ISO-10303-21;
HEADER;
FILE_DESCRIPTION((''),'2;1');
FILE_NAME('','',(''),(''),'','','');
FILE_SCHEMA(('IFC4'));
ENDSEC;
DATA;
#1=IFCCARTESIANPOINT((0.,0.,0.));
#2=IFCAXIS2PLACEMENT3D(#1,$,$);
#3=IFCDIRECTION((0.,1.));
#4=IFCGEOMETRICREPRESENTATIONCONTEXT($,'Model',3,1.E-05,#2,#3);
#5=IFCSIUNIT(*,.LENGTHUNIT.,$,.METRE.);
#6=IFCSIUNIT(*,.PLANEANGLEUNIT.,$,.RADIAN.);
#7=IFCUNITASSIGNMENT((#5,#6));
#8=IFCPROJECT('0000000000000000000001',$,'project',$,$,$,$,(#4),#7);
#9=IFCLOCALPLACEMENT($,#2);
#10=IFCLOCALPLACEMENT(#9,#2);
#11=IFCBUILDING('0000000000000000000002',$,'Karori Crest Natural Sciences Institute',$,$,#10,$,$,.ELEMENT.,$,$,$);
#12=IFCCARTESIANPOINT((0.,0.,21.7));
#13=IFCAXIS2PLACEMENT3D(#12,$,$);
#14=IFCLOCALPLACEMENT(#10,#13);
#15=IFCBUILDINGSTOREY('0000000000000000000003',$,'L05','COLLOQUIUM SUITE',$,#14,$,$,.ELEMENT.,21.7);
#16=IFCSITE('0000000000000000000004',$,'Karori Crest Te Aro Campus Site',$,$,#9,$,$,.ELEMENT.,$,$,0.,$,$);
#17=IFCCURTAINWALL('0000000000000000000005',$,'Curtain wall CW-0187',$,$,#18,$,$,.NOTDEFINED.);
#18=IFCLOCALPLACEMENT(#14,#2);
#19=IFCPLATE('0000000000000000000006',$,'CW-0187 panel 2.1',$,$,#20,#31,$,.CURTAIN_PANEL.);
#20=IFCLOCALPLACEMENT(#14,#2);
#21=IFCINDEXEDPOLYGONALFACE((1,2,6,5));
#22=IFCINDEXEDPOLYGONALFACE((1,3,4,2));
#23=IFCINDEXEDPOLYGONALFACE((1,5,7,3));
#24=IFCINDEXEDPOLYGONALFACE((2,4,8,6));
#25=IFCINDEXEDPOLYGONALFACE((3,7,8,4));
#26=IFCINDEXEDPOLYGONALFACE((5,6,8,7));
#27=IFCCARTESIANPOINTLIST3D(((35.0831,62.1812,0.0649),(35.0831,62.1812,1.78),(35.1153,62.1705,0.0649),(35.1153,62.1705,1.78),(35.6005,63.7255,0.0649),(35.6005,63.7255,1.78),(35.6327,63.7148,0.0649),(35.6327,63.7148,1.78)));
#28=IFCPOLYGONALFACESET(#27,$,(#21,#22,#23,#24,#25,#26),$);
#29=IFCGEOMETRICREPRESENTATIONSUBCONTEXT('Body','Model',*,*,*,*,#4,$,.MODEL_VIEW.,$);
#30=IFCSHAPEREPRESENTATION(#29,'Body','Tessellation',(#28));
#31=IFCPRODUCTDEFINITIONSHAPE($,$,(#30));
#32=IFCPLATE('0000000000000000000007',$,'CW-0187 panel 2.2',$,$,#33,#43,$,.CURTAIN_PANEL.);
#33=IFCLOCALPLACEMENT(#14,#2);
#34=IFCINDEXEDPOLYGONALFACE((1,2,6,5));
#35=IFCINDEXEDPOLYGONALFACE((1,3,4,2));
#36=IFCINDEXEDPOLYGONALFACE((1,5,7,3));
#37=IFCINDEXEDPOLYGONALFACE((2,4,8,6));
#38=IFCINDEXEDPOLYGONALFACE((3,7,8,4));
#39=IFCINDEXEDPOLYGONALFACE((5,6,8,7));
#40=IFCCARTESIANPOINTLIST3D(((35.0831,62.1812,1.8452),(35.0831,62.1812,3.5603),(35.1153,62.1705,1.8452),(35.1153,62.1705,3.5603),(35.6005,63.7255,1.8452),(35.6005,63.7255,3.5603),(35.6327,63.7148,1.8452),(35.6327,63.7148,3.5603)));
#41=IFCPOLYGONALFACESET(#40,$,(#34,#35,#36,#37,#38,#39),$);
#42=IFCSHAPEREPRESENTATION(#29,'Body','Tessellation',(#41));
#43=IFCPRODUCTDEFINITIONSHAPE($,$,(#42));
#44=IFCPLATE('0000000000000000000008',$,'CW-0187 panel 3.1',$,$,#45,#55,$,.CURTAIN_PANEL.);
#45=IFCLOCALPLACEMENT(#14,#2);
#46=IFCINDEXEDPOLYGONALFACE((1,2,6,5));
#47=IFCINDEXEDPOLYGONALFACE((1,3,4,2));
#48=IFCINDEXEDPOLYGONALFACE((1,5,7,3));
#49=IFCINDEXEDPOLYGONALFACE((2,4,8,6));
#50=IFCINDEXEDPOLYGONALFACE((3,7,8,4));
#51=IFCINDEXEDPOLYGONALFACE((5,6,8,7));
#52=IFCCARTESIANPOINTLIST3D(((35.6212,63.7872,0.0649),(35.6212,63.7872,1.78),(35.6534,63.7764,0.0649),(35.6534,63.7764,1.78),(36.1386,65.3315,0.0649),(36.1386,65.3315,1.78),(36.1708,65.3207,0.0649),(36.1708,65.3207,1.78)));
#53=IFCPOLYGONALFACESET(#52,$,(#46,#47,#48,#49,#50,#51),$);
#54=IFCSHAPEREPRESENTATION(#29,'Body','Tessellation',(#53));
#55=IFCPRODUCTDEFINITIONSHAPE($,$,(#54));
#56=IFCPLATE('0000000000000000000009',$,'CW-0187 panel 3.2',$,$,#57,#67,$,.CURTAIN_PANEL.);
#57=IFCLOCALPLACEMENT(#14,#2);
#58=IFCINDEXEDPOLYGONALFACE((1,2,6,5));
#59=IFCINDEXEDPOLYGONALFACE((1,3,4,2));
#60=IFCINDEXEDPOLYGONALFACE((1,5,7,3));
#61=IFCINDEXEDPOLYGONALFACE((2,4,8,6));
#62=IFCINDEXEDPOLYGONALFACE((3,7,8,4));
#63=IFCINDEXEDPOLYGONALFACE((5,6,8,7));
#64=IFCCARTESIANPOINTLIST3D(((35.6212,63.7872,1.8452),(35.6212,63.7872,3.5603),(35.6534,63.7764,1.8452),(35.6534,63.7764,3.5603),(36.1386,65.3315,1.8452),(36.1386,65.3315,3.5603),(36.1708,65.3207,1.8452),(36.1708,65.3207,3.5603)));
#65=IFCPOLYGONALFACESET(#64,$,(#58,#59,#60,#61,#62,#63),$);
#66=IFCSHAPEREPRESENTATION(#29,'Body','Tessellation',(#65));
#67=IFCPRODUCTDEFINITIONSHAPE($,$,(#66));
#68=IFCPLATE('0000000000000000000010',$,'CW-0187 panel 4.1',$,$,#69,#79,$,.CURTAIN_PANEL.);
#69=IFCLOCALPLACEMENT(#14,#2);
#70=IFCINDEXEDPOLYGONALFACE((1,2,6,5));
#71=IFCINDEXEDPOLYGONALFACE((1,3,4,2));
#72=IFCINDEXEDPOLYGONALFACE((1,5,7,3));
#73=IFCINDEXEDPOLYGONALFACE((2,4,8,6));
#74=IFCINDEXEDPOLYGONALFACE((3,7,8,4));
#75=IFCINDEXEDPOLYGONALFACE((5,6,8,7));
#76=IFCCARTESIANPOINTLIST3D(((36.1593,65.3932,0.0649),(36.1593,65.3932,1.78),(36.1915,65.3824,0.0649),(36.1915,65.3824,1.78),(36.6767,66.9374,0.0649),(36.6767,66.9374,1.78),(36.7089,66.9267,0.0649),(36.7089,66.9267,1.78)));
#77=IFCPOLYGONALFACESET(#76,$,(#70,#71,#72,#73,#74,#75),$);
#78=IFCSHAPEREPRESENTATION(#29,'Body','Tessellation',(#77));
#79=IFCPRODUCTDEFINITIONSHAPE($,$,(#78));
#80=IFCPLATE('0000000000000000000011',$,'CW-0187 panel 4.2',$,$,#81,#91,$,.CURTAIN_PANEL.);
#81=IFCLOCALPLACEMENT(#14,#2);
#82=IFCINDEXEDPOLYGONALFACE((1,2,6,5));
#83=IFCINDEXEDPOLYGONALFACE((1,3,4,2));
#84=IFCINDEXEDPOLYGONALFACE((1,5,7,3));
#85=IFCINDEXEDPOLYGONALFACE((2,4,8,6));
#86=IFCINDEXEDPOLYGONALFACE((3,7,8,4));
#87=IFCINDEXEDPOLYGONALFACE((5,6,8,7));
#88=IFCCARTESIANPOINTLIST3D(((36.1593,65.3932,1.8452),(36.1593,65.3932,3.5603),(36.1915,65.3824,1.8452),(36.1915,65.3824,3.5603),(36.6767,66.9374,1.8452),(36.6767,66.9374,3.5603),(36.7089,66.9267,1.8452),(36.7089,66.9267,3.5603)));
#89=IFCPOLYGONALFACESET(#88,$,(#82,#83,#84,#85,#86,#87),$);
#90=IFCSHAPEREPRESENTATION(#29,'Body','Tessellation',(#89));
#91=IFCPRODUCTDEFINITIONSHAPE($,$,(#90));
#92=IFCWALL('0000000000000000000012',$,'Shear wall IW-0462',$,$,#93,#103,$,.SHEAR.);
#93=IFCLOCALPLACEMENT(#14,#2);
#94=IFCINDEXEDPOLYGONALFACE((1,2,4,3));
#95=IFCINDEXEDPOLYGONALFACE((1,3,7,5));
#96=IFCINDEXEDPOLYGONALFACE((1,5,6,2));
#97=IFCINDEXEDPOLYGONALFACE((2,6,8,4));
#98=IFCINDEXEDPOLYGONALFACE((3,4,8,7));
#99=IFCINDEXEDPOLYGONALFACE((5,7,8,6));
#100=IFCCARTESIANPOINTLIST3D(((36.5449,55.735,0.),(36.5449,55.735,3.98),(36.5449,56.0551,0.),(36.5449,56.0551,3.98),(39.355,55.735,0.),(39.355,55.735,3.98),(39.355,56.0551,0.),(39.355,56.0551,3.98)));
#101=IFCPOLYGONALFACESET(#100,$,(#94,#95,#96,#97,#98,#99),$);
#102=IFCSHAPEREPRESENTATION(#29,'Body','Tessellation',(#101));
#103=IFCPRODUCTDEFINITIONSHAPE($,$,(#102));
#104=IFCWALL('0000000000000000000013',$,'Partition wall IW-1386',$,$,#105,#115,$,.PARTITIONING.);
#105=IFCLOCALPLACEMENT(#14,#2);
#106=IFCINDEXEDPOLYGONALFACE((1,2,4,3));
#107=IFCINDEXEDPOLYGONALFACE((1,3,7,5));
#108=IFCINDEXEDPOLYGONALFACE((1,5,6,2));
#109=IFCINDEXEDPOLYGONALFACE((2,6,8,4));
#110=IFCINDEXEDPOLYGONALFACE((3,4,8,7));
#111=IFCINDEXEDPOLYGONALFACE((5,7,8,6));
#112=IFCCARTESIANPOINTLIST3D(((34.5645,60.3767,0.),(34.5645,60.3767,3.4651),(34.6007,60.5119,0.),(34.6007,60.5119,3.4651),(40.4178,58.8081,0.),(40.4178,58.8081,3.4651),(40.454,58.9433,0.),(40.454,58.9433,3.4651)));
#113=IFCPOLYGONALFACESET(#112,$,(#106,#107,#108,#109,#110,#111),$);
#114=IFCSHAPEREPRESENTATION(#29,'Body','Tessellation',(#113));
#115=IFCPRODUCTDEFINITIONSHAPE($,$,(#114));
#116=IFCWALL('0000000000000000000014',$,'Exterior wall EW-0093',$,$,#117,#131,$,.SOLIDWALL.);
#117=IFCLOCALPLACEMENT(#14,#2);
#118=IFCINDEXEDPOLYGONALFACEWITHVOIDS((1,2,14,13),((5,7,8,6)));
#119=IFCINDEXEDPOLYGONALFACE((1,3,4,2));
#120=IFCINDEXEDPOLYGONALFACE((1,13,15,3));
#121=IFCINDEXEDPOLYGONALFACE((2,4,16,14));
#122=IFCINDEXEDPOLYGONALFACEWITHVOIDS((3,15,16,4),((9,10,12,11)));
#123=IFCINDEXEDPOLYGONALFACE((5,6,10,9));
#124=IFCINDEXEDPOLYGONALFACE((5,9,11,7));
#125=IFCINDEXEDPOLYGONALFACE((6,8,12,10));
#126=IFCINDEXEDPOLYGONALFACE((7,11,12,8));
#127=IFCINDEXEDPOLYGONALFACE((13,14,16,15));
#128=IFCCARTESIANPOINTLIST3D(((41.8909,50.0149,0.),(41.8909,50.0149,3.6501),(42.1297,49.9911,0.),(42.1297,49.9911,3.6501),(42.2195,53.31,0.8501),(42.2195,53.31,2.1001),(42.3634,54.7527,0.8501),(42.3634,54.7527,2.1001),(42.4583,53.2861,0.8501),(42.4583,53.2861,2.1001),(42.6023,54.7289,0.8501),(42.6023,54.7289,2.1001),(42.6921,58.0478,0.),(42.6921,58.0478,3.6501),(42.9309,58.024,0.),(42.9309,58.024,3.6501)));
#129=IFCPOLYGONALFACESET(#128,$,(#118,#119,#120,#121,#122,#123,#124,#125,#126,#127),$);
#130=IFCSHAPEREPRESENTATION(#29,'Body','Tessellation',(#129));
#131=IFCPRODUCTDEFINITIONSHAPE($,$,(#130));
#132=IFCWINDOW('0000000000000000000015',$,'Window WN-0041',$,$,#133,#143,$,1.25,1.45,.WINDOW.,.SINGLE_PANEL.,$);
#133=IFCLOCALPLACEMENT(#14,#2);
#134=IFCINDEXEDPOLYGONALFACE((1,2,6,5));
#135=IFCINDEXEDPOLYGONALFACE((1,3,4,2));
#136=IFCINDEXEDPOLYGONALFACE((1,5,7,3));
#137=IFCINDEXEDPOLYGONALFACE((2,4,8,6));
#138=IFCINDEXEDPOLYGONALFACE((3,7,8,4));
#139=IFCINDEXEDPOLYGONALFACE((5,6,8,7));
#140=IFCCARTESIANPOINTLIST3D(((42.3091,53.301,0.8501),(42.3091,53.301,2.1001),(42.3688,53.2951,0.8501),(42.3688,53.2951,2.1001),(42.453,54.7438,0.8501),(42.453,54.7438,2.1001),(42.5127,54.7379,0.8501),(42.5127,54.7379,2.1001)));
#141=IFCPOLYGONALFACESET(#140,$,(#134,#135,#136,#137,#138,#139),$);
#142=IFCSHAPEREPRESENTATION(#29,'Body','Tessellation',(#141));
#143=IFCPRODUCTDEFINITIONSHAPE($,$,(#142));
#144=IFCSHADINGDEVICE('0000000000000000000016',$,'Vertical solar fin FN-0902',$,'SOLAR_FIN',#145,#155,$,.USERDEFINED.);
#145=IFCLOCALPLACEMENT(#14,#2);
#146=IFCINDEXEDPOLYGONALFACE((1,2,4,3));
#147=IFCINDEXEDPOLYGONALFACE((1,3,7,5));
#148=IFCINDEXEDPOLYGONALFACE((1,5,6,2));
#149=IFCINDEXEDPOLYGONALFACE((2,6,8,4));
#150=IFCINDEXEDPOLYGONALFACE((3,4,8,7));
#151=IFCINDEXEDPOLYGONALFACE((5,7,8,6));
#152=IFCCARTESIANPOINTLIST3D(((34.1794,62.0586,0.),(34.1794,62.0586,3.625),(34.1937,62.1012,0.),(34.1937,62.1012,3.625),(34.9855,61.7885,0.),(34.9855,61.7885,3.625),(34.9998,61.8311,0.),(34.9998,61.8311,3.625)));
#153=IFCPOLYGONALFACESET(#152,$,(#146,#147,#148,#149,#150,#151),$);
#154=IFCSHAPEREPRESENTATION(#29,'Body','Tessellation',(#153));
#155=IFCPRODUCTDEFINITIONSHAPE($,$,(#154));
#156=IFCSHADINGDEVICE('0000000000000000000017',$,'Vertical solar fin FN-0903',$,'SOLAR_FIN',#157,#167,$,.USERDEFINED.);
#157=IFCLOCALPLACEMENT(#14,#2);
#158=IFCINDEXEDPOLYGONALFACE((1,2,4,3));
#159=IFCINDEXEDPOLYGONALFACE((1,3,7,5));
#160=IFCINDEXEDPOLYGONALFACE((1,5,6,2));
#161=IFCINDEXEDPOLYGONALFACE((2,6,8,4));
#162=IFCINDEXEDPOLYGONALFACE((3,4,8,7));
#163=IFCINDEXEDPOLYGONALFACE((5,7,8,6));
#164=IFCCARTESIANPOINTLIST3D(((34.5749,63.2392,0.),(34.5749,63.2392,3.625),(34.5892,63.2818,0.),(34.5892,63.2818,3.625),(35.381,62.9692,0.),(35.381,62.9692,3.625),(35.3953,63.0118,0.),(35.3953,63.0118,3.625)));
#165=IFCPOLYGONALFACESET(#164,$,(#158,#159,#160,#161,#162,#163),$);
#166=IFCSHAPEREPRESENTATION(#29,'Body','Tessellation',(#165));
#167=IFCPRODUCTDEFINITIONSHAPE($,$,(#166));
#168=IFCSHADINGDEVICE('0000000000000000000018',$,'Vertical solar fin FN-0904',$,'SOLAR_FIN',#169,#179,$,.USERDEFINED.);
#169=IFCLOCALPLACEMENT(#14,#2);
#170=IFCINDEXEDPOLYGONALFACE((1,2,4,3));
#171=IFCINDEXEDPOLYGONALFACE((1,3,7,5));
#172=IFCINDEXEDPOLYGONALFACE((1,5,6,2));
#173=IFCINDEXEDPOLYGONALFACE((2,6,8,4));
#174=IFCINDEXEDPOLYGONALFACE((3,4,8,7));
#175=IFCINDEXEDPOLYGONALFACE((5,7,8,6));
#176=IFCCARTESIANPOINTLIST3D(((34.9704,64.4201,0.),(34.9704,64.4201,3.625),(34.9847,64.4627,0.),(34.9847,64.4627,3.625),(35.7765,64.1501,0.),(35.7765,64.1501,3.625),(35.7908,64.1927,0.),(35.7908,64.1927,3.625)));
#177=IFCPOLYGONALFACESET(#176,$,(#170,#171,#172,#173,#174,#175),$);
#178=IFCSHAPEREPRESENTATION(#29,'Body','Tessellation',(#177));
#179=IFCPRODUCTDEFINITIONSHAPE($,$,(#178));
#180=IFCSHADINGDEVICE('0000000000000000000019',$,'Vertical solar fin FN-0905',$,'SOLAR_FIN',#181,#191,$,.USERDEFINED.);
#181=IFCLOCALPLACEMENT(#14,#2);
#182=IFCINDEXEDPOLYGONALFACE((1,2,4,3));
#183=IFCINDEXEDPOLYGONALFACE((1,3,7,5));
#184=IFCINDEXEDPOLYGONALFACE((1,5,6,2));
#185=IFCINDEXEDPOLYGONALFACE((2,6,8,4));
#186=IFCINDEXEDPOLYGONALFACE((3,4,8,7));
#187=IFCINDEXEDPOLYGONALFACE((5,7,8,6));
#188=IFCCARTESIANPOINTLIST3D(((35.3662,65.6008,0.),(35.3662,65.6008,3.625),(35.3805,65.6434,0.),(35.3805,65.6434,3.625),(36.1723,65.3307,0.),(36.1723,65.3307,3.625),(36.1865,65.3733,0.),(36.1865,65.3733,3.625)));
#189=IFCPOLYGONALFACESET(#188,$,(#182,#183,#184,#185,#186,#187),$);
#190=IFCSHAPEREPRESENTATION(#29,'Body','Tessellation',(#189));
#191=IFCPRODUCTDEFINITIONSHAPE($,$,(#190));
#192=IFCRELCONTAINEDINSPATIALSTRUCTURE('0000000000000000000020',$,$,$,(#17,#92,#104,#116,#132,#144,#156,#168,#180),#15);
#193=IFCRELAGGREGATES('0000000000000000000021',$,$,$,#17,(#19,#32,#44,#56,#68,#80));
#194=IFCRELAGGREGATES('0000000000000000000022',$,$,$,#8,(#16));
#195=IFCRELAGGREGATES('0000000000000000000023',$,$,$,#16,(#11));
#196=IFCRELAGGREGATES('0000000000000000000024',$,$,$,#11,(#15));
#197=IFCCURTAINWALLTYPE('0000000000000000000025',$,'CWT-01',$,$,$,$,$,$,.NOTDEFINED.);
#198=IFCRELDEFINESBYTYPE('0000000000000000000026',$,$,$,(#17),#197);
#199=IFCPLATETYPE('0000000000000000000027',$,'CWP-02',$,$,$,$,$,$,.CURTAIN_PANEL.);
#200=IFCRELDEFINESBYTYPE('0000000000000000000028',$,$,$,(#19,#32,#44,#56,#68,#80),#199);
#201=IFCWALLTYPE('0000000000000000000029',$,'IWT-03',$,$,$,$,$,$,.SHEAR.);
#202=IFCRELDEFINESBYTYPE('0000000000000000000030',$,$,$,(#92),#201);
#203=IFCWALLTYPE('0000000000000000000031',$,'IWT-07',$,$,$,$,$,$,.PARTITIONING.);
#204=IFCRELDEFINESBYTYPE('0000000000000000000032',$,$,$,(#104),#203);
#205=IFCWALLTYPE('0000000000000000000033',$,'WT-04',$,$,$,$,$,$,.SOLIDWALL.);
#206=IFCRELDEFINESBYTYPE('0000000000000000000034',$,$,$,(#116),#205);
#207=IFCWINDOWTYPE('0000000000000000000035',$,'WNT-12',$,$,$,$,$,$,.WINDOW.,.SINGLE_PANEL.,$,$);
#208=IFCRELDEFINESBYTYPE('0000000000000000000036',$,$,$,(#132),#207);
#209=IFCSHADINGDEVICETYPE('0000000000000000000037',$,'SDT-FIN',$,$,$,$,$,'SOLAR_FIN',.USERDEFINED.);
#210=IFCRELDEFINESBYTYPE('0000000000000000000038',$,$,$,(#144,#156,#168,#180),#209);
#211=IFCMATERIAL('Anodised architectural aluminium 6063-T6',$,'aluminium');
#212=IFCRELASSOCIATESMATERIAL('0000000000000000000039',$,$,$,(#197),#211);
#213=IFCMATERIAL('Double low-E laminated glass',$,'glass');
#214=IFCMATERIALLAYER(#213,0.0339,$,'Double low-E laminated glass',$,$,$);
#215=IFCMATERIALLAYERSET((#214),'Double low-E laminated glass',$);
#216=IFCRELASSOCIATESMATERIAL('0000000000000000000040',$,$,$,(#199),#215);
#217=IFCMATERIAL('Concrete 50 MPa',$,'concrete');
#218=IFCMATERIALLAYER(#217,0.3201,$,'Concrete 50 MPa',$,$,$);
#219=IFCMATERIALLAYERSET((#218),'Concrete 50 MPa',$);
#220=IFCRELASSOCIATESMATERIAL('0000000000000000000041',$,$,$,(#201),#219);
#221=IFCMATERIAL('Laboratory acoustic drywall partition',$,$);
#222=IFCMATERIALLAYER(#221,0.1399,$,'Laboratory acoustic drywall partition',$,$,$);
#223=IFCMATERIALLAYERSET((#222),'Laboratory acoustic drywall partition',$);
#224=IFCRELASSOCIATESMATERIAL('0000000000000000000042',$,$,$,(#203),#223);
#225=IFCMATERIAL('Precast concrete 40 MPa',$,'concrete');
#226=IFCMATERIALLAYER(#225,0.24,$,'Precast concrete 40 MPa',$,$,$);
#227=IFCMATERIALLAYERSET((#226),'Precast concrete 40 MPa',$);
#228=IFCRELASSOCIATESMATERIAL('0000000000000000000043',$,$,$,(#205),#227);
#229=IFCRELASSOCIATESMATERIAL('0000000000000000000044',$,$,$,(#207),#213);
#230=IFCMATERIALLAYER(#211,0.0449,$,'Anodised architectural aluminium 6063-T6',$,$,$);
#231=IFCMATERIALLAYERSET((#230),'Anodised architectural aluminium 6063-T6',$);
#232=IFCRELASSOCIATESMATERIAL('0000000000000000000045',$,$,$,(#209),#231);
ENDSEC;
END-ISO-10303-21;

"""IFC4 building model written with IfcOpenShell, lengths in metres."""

from ifc_helpers import new_model, si_unit, direction, frame, frame_2d, origin, origin_2d, place, context, subcontext, project, spatial, rectangle, extrude, material, layer, layer_set, type_object, element, fill, aggregate, save


model = new_model("IFC4")

# Units and contexts
model_context = context("Model", 3, precision=1e-05, world=origin(), true_north=direction((0.0, 1.0)))
body_context = subcontext(model_context, "Body", "Model", "MODEL_VIEW")
ifc_project = project(units=[si_unit("LENGTHUNIT", "METRE"), si_unit("PLANEANGLEUNIT", "RADIAN")], contexts=[model_context])

# Site, building, storey
site_placement = place(None, origin())
site = spatial("IfcSite", under=ifc_project, at=site_placement, Name="Karori Crest Te Aro Campus Site", CompositionType="ELEMENT", RefElevation=0.0)
building_placement = place(site_placement, origin())
building = spatial("IfcBuilding", under=site, at=building_placement, Name="Karori Crest Natural Sciences Institute", CompositionType="ELEMENT")
storey_placement = place(building_placement, frame((0.0, 0.0, 21.7)))
storey = spatial("IfcBuildingStorey", under=building, at=storey_placement, Name="L05", Description="COLLOQUIUM SUITE", CompositionType="ELEMENT", Elevation=21.7)

# Shared definitions
ifc_material_1 = material(Name="Concrete 50 MPa", Category="concrete")

# Curtain wall, plates
ifc_material_2 = material(Name="Anodised architectural aluminium 6063-T6", Category="aluminium")
curtain_wall_type = type_object("IfcCurtainWallType", Name="CWT-01", PredefinedType="NOTDEFINED", material=ifc_material_2)
curtain_wall_placement = place(storey_placement, origin())
curtain_wall = element("IfcCurtainWall", 1, at=curtain_wall_placement, inside=storey, type_object=curtain_wall_type, Name="Curtain wall CW-0187", PredefinedType="NOTDEFINED")
ifc_material_3 = material(Name="Double low-E laminated glass", Category="glass")
ifc_layer_1 = layer(ifc_material_3, 0.0339, Name="Double low-E laminated glass")
ifc_layer_set_1 = layer_set([ifc_layer_1], Name="Double low-E laminated glass")
plate_type = type_object("IfcPlateType", Name="CWP-02", PredefinedType="CURTAIN_PANEL", material=ifc_layer_set_1)
plate_1_placement = place(storey_placement, frame((35.3579, 62.948, 0.0649), z_axis=(0.0, 0.0, 1.0), x_axis=(0.31768, 0.948198, 0.0)))
plate_1 = element("IfcPlate", 2, at=plate_1_placement, type_object=plate_type, Name="CW-0187 panel 2.1", PredefinedType="CURTAIN_PANEL", context=body_context, shape_type="SweptSolid", body=[
    extrude(rectangle(XDim=1.6287, YDim=0.0339, at=origin_2d()), origin(), (0.0, 0.0, 1.0), 1.7151),
])
plate_2_placement = place(storey_placement, frame((35.3579, 62.948, 1.8452), z_axis=(0.0, 0.0, 1.0), x_axis=(0.31768, 0.948198, 0.0)))
plate_2 = element("IfcPlate", 3, at=plate_2_placement, type_object=plate_type, Name="CW-0187 panel 2.2", PredefinedType="CURTAIN_PANEL", context=body_context, shape_type="SweptSolid", body=[
    extrude(rectangle(XDim=1.6287, YDim=0.0339, at=origin_2d()), origin(), (0.0, 0.0, 1.0), 1.7151),
])
plate_3_placement = place(storey_placement, frame((35.896, 64.554, 0.0649), z_axis=(0.0, 0.0, 1.0), x_axis=(0.31768, 0.948198, 0.0)))
plate_3 = element("IfcPlate", 4, at=plate_3_placement, type_object=plate_type, Name="CW-0187 panel 3.1", PredefinedType="CURTAIN_PANEL", context=body_context, shape_type="SweptSolid", body=[
    extrude(rectangle(XDim=1.6287, YDim=0.0339, at=origin_2d()), origin(), (0.0, 0.0, 1.0), 1.7151),
])
plate_4_placement = place(storey_placement, frame((35.896, 64.554, 1.8452), z_axis=(0.0, 0.0, 1.0), x_axis=(0.31768, 0.948198, 0.0)))
plate_4 = element("IfcPlate", 5, at=plate_4_placement, type_object=plate_type, Name="CW-0187 panel 3.2", PredefinedType="CURTAIN_PANEL", context=body_context, shape_type="SweptSolid", body=[
    extrude(rectangle(XDim=1.6287, YDim=0.0339, at=origin_2d()), origin(), (0.0, 0.0, 1.0), 1.7151),
])
plate_5_placement = place(storey_placement, frame((36.4341, 66.1599, 0.0649), z_axis=(0.0, 0.0, 1.0), x_axis=(0.31768, 0.948198, 0.0)))
plate_5 = element("IfcPlate", 6, at=plate_5_placement, type_object=plate_type, Name="CW-0187 panel 4.1", PredefinedType="CURTAIN_PANEL", context=body_context, shape_type="SweptSolid", body=[
    extrude(rectangle(XDim=1.6287, YDim=0.0339, at=origin_2d()), origin(), (0.0, 0.0, 1.0), 1.7151),
])
plate_6_placement = place(storey_placement, frame((36.4341, 66.1599, 1.8452), z_axis=(0.0, 0.0, 1.0), x_axis=(0.31768, 0.948198, 0.0)))
plate_6 = element("IfcPlate", 7, at=plate_6_placement, type_object=plate_type, Name="CW-0187 panel 4.2", PredefinedType="CURTAIN_PANEL", context=body_context, shape_type="SweptSolid", body=[
    extrude(rectangle(XDim=1.6287, YDim=0.0339, at=origin_2d()), origin(), (0.0, 0.0, 1.0), 1.7151),
])
aggregate(curtain_wall, [plate_1, plate_2, plate_3, plate_4, plate_5, plate_6])

# Walls
ifc_layer_2 = layer(ifc_material_1, 0.3201, Name="Concrete 50 MPa")
ifc_layer_set_2 = layer_set([ifc_layer_2], Name="Concrete 50 MPa")
wall_type_1 = type_object("IfcWallType", Name="IWT-03", PredefinedType="SHEAR", material=ifc_layer_set_2)
wall_1_placement = place(storey_placement, frame((36.5449, 55.895, 0.0), z_axis=(0.0, 0.0, 1.0), x_axis=(1.0, 0.0, 0.0)))
element("IfcWall", 8, at=wall_1_placement, inside=storey, type_object=wall_type_1, Name="Shear wall IW-0462", PredefinedType="SHEAR", context=body_context, shape_type="SweptSolid", body=[
    extrude(rectangle(XDim=2.8101, YDim=0.3201, at=frame_2d((1.405, 0.0))), origin(), (0.0, 0.0, 1.0), 3.98),
])
ifc_material_4 = material(Name="Laboratory acoustic drywall partition")
ifc_layer_3 = layer(ifc_material_4, 0.1399, Name="Laboratory acoustic drywall partition")
ifc_layer_set_3 = layer_set([ifc_layer_3], Name="Laboratory acoustic drywall partition")
wall_type_2 = type_object("IfcWallType", Name="IWT-07", PredefinedType="PARTITIONING", material=ifc_layer_set_3)
wall_2_placement = place(storey_placement, frame((40.4358, 58.8757, 0.0), z_axis=(0.0, 0.0, 1.0), x_axis=(-0.965917, 0.258854, 0.0)))
element("IfcWall", 9, at=wall_2_placement, inside=storey, type_object=wall_type_2, Name="Partition wall IW-1386", PredefinedType="PARTITIONING", context=body_context, shape_type="SweptSolid", body=[
    extrude(rectangle(XDim=6.0598, YDim=0.1399, at=frame_2d((3.0298, 0.0))), origin(), (0.0, 0.0, 1.0), 3.4651),
])

# Wall, opening, window
ifc_material_5 = material(Name="Precast concrete 40 MPa", Category="concrete")
ifc_layer_4 = layer(ifc_material_5, 0.24, Name="Precast concrete 40 MPa")
ifc_layer_set_4 = layer_set([ifc_layer_4], Name="Precast concrete 40 MPa")
wall_type_3 = type_object("IfcWallType", Name="WT-04", PredefinedType="SOLIDWALL", material=ifc_layer_set_4)
wall_3_placement = place(storey_placement, frame((42.8115, 58.0359, 0.0), z_axis=(0.0, 0.0, 1.0), x_axis=(-0.099255, -0.995062, 0.0)))
wall_3 = element("IfcWall", 10, at=wall_3_placement, inside=storey, type_object=wall_type_3, Name="Exterior wall EW-0093", PredefinedType="SOLIDWALL", context=body_context, shape_type="SweptSolid", body=[
    extrude(rectangle(XDim=8.0728, YDim=0.24, at=frame_2d((4.0364, 0.0))), origin(), (0.0, 0.0, 1.0), 3.6501),
])
opening_placement = place(wall_3_placement, frame((3.3113, 0.0, 0.8501)))
opening = element("IfcOpeningElement", 11, at=opening_placement, cuts=wall_3, PredefinedType="OPENING", context=body_context, shape_type="SweptSolid", body=[
    extrude(rectangle(XDim=1.45, YDim=1.25, at=frame_2d((0.7251, 0.625))), frame((0.0, 0.1299, 0.0), z_axis=(0.0, -1.0, 0.0), x_axis=(1.0, 0.0, 0.0)), (0.0, 0.0, 1.0), 0.26),
])
window_type = type_object("IfcWindowType", Name="WNT-12", PartitioningType="SINGLE_PANEL", PredefinedType="WINDOW", material=ifc_material_3)
window_placement = place(opening_placement, origin())
window = element("IfcWindow", 12, at=window_placement, inside=storey, type_object=window_type, Name="Window WN-0041", OverallHeight=1.25, OverallWidth=1.45, PartitioningType="SINGLE_PANEL", PredefinedType="WINDOW", context=body_context, shape_type="SweptSolid", body=[
    extrude(rectangle(XDim=1.45, YDim=1.25, at=frame_2d((0.7251, 0.625))), frame((0.0, 0.03, 0.0), z_axis=(0.0, -1.0, 0.0), x_axis=(1.0, 0.0, 0.0)), (0.0, 0.0, 1.0), 0.0601),
])
fill(opening, window)

# Shading devices
ifc_layer_5 = layer(ifc_material_2, 0.0449, Name="Anodised architectural aluminium 6063-T6")
ifc_layer_set_5 = layer_set([ifc_layer_5], Name="Anodised architectural aluminium 6063-T6")
shading_device_type = type_object("IfcShadingDeviceType", Name="SDT-FIN", ElementType="SOLAR_FIN", PredefinedType="USERDEFINED", material=ifc_layer_set_5)
for number, where, z_axis, x_axis, name in (
    (13, (34.5896, 61.9448, 0.0), (0.0, 0.0, 1.0), (-0.948198, 0.31768, 0.0), "Vertical solar fin FN-0902"),
    (14, (34.9851, 63.1255, 0.0), (0.0, 0.0, 1.0), (-0.948198, 0.31768, 0.0), "Vertical solar fin FN-0903"),
    (15, (35.3806, 64.3064, 0.0), (0.0, 0.0, 1.0), (-0.948198, 0.31768, 0.0), "Vertical solar fin FN-0904"),
    (16, (35.7764, 65.4871, 0.0), (0.0, 0.0, 1.0), (-0.948198, 0.31768, 0.0), "Vertical solar fin FN-0905"),
):
    element("IfcShadingDevice", number, at=place(storey_placement, frame(where, z_axis=z_axis, x_axis=x_axis)), inside=storey, type_object=shading_device_type, Name=name, ObjectType="SOLAR_FIN", PredefinedType="USERDEFINED", context=body_context, shape_type="SweptSolid", body=[
        extrude(rectangle(XDim=0.8501, YDim=0.0449, at=origin_2d()), origin(), (0.0, 0.0, 1.0), 3.625),
    ])

save(model, "model.ifc")
